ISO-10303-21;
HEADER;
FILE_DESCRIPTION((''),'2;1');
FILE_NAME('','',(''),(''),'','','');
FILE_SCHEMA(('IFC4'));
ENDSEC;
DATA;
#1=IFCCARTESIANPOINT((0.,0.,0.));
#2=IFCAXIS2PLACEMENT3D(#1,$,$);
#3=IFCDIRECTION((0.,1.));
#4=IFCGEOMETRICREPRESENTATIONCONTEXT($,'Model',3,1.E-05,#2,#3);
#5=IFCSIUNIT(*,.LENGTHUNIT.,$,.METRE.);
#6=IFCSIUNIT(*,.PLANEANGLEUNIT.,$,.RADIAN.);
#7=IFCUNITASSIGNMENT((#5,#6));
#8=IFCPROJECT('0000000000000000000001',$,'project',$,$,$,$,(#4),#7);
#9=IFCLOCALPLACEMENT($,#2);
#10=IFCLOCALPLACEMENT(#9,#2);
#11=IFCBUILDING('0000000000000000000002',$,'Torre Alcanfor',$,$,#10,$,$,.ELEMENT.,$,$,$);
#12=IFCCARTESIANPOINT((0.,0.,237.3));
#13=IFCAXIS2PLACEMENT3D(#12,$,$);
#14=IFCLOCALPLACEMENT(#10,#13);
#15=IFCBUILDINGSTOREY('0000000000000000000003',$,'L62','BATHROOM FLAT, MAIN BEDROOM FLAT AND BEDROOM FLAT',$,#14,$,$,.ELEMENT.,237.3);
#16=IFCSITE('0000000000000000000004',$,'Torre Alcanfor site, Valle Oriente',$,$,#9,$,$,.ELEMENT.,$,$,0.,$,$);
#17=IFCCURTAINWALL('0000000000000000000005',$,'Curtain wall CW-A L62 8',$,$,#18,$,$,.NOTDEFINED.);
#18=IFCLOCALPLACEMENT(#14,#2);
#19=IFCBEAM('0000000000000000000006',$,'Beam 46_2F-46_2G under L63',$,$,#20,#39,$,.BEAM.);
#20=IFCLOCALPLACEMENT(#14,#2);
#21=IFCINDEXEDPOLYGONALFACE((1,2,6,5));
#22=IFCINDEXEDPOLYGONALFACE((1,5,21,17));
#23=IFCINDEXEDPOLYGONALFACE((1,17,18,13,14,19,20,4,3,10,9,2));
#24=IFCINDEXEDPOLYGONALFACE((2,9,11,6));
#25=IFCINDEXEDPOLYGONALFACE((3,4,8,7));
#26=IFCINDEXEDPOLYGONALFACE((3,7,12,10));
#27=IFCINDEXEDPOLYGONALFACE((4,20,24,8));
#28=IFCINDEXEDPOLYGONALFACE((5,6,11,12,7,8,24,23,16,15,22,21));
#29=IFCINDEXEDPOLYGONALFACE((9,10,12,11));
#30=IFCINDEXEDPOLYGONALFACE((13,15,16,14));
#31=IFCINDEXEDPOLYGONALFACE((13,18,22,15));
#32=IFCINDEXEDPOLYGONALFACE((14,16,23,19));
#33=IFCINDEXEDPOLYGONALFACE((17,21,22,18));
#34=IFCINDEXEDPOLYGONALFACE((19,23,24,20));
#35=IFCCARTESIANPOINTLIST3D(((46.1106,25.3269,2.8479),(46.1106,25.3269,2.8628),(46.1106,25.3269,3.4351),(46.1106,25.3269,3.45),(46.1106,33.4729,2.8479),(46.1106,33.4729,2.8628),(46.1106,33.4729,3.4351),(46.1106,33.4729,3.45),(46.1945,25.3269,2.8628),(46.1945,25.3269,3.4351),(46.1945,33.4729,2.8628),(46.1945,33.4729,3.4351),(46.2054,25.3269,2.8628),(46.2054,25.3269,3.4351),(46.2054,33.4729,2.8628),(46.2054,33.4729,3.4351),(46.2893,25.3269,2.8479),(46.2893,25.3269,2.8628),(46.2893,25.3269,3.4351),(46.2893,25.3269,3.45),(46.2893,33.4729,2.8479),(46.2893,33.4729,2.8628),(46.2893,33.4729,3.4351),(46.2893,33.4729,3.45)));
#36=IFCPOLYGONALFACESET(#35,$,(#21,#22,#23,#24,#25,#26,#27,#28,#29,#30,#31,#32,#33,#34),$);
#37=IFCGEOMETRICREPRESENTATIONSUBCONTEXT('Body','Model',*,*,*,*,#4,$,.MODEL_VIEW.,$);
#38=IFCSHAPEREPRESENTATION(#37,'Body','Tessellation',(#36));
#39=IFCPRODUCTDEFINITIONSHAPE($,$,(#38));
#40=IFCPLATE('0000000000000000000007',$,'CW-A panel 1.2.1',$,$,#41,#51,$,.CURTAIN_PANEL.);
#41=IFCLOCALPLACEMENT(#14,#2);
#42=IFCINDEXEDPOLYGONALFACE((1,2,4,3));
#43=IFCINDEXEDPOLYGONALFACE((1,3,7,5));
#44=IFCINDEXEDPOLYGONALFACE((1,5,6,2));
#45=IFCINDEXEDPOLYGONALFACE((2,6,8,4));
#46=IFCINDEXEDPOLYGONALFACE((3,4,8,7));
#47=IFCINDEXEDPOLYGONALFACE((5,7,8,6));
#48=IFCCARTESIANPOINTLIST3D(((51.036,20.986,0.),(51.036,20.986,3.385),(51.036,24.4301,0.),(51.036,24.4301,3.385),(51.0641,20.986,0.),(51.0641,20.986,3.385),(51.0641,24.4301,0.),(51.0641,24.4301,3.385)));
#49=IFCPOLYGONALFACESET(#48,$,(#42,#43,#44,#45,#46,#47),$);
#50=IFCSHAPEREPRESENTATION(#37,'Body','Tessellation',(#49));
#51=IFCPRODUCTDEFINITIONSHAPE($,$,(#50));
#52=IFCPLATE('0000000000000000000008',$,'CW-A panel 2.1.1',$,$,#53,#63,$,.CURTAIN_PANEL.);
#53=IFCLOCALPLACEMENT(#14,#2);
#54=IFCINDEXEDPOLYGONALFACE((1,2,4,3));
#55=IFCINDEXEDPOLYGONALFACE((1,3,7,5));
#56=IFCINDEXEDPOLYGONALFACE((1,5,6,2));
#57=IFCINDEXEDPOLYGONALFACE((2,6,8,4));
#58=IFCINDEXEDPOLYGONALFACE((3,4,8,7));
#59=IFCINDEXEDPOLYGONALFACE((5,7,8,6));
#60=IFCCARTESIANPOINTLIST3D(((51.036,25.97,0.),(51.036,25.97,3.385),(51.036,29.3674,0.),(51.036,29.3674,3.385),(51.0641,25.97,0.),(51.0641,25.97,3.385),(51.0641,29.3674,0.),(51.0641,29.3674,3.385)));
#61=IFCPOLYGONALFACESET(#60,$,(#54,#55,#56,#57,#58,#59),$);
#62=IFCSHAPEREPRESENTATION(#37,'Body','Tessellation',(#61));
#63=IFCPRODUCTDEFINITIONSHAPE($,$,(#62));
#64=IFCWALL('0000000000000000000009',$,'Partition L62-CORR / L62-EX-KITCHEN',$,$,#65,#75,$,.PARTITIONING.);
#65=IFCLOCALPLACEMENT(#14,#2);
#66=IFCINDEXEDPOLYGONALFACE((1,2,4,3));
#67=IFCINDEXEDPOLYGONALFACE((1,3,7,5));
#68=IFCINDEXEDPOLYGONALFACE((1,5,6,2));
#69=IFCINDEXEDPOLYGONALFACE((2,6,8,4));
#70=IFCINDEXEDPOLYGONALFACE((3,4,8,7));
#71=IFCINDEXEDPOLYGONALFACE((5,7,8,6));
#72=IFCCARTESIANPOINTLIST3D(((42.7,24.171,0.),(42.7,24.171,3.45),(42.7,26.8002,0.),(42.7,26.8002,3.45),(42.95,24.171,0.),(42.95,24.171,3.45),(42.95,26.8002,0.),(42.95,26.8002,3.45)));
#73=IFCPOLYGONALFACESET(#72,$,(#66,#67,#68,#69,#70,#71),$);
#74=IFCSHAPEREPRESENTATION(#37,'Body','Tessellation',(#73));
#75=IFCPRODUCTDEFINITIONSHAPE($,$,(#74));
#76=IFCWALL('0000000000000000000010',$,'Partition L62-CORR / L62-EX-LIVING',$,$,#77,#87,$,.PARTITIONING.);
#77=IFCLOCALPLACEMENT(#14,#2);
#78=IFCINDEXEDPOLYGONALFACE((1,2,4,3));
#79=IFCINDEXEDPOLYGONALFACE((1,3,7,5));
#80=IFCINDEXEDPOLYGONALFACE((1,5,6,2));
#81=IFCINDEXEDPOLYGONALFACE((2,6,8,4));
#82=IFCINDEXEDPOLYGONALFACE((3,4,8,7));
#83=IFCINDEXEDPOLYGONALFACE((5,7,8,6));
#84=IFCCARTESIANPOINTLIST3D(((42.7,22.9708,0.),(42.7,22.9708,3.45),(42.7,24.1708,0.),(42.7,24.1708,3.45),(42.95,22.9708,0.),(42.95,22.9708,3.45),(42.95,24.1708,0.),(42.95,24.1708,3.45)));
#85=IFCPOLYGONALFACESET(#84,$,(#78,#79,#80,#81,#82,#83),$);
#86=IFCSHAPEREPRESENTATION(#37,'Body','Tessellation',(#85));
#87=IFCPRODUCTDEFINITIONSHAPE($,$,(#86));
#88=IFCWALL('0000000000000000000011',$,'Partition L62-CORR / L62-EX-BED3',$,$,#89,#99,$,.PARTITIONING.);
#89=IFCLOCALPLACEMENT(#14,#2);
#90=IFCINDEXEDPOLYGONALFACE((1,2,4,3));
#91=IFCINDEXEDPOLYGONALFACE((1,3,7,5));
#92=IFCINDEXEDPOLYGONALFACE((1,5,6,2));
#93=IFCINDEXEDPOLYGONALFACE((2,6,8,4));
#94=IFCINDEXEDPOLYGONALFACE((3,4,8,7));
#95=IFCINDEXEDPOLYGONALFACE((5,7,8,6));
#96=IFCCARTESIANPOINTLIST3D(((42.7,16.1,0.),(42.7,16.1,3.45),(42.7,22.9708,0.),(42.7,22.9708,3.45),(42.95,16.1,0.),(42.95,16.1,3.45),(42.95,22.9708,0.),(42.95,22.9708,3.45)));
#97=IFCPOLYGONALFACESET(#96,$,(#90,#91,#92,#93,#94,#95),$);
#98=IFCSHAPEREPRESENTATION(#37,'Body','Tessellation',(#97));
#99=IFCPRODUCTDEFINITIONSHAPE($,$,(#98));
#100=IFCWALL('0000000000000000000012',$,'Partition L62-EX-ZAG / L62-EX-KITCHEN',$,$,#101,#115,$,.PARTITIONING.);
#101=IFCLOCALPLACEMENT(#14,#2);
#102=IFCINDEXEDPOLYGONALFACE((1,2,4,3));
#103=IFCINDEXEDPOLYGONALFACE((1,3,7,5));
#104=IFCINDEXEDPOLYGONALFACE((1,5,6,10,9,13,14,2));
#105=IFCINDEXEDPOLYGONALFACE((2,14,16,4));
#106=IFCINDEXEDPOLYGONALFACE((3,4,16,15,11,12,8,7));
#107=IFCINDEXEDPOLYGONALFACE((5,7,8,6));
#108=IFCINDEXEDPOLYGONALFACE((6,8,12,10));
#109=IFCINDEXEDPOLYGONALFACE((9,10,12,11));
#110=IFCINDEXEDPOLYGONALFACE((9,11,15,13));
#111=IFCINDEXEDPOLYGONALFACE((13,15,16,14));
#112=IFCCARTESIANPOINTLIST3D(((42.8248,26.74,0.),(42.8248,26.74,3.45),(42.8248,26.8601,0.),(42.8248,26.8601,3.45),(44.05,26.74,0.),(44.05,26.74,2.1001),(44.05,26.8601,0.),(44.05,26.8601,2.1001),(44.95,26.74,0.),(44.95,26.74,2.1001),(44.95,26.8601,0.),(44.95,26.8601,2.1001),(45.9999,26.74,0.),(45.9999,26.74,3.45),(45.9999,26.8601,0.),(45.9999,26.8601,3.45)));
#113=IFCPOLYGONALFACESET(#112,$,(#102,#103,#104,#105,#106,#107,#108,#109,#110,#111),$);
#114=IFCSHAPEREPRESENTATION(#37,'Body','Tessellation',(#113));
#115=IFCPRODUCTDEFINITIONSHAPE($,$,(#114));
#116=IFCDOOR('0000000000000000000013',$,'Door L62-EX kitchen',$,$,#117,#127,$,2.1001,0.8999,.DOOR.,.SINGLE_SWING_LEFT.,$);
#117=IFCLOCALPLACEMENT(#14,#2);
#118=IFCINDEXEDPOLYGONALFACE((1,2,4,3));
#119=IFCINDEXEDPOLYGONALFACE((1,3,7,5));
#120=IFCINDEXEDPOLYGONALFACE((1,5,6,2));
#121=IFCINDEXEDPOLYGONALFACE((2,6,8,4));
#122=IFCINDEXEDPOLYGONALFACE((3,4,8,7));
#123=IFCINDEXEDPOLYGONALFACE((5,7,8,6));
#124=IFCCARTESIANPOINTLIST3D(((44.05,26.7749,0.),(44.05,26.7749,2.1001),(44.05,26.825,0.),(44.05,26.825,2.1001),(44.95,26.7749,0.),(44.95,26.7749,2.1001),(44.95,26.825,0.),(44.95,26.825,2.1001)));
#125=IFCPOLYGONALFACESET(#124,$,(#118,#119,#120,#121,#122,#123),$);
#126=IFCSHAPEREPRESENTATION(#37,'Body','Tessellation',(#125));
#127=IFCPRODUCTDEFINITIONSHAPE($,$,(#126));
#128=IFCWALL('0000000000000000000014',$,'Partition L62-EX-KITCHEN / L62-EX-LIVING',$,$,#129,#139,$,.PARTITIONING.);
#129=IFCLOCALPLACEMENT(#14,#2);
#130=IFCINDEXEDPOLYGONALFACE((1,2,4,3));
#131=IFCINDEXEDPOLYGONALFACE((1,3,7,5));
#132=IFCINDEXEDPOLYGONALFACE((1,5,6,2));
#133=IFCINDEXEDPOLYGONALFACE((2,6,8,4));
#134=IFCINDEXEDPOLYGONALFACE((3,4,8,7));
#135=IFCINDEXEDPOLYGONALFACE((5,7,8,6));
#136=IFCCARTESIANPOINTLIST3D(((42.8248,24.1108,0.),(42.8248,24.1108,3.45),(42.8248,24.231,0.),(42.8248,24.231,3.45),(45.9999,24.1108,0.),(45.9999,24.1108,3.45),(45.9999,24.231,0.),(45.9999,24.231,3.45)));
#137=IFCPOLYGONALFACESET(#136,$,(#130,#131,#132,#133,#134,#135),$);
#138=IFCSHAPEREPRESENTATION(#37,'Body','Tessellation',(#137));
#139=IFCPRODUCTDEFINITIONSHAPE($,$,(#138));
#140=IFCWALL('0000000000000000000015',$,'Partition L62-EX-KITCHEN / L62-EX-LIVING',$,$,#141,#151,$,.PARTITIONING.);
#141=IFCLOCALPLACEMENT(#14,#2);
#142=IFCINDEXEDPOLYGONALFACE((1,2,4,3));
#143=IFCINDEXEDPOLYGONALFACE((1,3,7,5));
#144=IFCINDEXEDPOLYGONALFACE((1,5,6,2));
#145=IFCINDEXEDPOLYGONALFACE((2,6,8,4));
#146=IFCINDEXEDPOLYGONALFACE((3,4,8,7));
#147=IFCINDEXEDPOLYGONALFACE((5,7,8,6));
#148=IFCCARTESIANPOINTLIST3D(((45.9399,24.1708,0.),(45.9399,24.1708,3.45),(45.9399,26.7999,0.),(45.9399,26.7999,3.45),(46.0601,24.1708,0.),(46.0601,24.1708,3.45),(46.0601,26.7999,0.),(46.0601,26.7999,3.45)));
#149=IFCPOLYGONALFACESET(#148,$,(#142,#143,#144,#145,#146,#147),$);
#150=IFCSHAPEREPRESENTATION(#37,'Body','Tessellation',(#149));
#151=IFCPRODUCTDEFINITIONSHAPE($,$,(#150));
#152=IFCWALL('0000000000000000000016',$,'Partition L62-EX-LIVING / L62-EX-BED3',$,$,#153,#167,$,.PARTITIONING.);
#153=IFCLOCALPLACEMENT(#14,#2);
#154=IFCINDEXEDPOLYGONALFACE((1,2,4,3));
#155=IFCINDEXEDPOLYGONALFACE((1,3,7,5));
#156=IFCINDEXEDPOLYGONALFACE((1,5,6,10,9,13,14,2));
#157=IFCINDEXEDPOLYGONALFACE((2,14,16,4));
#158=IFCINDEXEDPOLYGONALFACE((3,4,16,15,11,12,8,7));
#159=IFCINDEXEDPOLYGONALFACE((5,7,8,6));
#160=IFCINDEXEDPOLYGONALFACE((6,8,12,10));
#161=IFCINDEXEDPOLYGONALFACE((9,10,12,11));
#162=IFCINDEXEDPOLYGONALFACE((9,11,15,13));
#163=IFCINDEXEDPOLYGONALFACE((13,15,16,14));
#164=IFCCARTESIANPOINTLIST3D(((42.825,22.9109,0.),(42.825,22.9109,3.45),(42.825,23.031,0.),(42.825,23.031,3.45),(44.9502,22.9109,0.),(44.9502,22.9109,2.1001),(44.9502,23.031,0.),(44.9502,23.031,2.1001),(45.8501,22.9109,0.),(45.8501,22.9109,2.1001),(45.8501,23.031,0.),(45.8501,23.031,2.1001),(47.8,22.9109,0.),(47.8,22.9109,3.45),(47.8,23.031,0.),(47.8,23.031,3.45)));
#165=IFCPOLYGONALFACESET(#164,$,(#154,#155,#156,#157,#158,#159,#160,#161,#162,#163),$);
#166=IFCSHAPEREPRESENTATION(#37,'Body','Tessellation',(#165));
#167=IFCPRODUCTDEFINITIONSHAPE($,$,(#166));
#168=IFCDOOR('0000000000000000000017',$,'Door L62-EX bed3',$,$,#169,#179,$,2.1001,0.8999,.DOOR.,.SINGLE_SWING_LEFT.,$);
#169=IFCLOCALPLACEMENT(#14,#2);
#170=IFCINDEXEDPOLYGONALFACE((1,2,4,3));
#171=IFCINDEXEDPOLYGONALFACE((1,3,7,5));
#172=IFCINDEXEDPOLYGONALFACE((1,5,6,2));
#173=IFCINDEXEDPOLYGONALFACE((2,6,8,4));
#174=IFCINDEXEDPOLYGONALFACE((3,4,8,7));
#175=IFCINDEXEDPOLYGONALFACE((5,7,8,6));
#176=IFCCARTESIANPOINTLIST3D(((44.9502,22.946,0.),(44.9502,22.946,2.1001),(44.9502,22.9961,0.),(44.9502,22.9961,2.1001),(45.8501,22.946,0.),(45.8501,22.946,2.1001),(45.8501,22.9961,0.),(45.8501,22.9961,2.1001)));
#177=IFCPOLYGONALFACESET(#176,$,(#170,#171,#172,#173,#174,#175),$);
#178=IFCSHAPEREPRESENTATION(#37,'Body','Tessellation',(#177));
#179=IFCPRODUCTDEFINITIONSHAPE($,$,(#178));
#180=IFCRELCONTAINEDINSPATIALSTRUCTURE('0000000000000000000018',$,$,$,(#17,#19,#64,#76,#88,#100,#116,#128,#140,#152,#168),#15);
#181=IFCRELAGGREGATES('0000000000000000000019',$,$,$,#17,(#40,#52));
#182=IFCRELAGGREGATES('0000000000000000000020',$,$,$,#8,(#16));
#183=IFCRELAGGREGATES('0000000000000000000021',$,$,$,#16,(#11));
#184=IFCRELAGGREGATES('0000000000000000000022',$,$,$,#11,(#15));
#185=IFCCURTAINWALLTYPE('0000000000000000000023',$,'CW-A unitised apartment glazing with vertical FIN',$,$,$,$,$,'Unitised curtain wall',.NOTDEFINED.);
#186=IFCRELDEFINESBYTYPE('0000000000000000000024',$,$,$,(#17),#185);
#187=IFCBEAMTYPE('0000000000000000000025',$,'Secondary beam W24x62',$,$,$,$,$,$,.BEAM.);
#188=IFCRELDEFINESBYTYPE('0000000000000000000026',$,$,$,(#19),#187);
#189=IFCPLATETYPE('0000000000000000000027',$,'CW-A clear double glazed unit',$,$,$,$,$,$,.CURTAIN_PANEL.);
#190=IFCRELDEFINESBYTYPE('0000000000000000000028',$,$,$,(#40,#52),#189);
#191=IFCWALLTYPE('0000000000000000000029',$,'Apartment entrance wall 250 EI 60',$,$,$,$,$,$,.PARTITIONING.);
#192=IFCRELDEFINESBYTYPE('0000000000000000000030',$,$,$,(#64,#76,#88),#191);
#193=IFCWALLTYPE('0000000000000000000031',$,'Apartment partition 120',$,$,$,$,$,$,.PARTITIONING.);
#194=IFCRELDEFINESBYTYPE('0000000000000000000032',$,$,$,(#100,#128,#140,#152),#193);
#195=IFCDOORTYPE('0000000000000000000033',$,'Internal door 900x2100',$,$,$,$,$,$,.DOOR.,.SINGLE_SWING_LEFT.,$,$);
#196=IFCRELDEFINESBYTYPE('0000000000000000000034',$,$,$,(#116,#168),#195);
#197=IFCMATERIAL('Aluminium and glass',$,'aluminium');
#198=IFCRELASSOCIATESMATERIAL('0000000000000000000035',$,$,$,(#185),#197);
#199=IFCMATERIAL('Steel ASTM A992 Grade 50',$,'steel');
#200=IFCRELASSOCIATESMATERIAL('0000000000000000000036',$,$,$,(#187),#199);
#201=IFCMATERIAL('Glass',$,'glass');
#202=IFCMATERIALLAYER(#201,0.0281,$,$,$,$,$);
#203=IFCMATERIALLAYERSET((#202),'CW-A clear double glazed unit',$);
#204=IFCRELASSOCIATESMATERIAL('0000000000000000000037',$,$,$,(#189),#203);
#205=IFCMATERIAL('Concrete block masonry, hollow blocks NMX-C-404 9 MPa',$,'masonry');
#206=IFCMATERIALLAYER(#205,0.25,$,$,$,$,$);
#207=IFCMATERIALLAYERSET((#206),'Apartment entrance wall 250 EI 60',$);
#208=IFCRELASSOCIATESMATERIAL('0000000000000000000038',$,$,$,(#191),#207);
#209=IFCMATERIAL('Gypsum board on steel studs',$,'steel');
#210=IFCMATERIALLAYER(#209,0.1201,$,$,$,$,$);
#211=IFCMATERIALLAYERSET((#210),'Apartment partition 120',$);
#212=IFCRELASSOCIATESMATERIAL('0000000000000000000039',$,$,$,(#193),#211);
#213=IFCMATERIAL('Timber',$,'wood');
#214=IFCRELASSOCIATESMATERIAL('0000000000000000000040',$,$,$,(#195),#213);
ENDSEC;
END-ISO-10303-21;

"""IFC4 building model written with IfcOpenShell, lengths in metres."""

from ifc_helpers import new_model, si_unit, direction, frame, frame_2d, origin, origin_2d, place, context, subcontext, project, spatial, rectangle, i_section, extrude, material, layer, layer_set, material_profile, profile_set, type_object, element, fill, aggregate, save


model = new_model("IFC4")

# Units and contexts
model_context = context("Model", 3, precision=1e-05, world=origin(), true_north=direction((0.0, 1.0)))
body_context = subcontext(model_context, "Body", "Model", "MODEL_VIEW")
ifc_project = project(units=[si_unit("LENGTHUNIT", "METRE"), si_unit("PLANEANGLEUNIT", "RADIAN")], contexts=[model_context])

# Site, building, storey
site_placement = place(None, origin())
site = spatial("IfcSite", under=ifc_project, at=site_placement, Name="Torre Alcanfor site, Valle Oriente", CompositionType="ELEMENT", RefElevation=0.0)
building_placement = place(site_placement, origin())
building = spatial("IfcBuilding", under=site, at=building_placement, Name="Torre Alcanfor", CompositionType="ELEMENT")
storey_placement = place(building_placement, frame((0.0, 0.0, 237.3)))
storey = spatial("IfcBuildingStorey", under=building, at=storey_placement, Name="L62", Description="BATHROOM FLAT, MAIN BEDROOM FLAT AND BEDROOM FLAT", CompositionType="ELEMENT", Elevation=237.3)

# Curtain wall
ifc_material_1 = material(Name="Aluminium and glass", Category="aluminium")
curtain_wall_type = type_object("IfcCurtainWallType", Name="CW-A unitised apartment glazing with vertical FIN", ElementType="Unitised curtain wall", PredefinedType="NOTDEFINED", material=ifc_material_1)
curtain_wall_placement = place(storey_placement, origin())
curtain_wall = element("IfcCurtainWall", 1, at=curtain_wall_placement, inside=storey, type_object=curtain_wall_type, Name="Curtain wall CW-A L62 8", PredefinedType="NOTDEFINED")

# Beam
ifc_material_2 = material(Name="Steel ASTM A992 Grade 50", Category="steel")
ifc_material_profile_1 = material_profile(ifc_material_2, i_section(OverallWidth=0.1787, OverallDepth=0.6021, WebThickness=0.011, FlangeThickness=0.0149, at=origin_2d()), Name="W24x62")
ifc_profile_set_1 = profile_set([ifc_material_profile_1], Name="Steel ASTM A992 Grade 50")
beam_type_1 = type_object("IfcBeamType", Name="Secondary beam W24x62", PredefinedType="BEAM", material=ifc_profile_set_1)
beam_1_placement = place(storey_placement, frame((46.2, 25.3269, 3.1489), z_axis=(0.0, 1.0, 0.0), x_axis=(-1.0, 0.0, 0.0)))
element("IfcBeam", 2, at=beam_1_placement, inside=storey, type_object=beam_type_1, Name="Beam 46_2F-46_2G under L63", PredefinedType="BEAM", context=body_context, shape_type="SweptSolid", body=[
    extrude(i_section(OverallWidth=0.1787, OverallDepth=0.6021, WebThickness=0.011, FlangeThickness=0.0149, at=origin_2d()), origin(), (0.0, 0.0, 1.0), 8.146),
])

# Plates
ifc_material_3 = material(Name="Glass", Category="glass")
ifc_layer_1 = layer(ifc_material_3, 0.0281)
ifc_layer_set_1 = layer_set([ifc_layer_1], Name="CW-A clear double glazed unit")
plate_type = type_object("IfcPlateType", Name="CW-A clear double glazed unit", PredefinedType="CURTAIN_PANEL", material=ifc_layer_set_1)
plate_1_placement = place(storey_placement, frame((51.05, 22.708, 0.0), z_axis=(0.0, 0.0, 1.0), x_axis=(0.0, 1.0, 0.0)))
plate_1 = element("IfcPlate", 3, at=plate_1_placement, type_object=plate_type, Name="CW-A panel 1.2.1", PredefinedType="CURTAIN_PANEL", context=body_context, shape_type="SweptSolid", body=[
    extrude(rectangle(XDim=3.4441, YDim=0.0281, at=origin_2d()), origin(), (0.0, 0.0, 1.0), 3.385),
])
plate_2_placement = place(storey_placement, frame((51.05, 27.6687, 0.0), z_axis=(0.0, 0.0, 1.0), x_axis=(0.0, 1.0, 0.0)))
plate_2 = element("IfcPlate", 4, at=plate_2_placement, type_object=plate_type, Name="CW-A panel 2.1.1", PredefinedType="CURTAIN_PANEL", context=body_context, shape_type="SweptSolid", body=[
    extrude(rectangle(XDim=3.3975, YDim=0.0281, at=origin_2d()), origin(), (0.0, 0.0, 1.0), 3.385),
])
aggregate(curtain_wall, [plate_1, plate_2])

# Walls
ifc_material_4 = material(Name="Concrete block masonry, hollow blocks NMX-C-404 9 MPa", Category="masonry")
ifc_layer_2 = layer(ifc_material_4, 0.25)
ifc_layer_set_2 = layer_set([ifc_layer_2], Name="Apartment entrance wall 250 EI 60")
wall_type_1 = type_object("IfcWallType", Name="Apartment entrance wall 250 EI 60", PredefinedType="PARTITIONING", material=ifc_layer_set_2)
wall_1_placement = place(storey_placement, frame((42.825, 26.8, 0.0), z_axis=(0.0, 0.0, 1.0), x_axis=(0.0, -1.0, 0.0)))
element("IfcWall", 5, at=wall_1_placement, inside=storey, type_object=wall_type_1, Name="Partition L62-CORR / L62-EX-KITCHEN", PredefinedType="PARTITIONING", context=body_context, shape_type="SweptSolid", body=[
    extrude(rectangle(XDim=2.6292, YDim=0.25, at=frame_2d((1.3145, 0.0))), origin(), (0.0, 0.0, 1.0), 3.45),
])
wall_2_placement = place(storey_placement, frame((42.825, 24.1709, 0.0), z_axis=(0.0, 0.0, 1.0), x_axis=(0.0, -1.0, 0.0)))
element("IfcWall", 6, at=wall_2_placement, inside=storey, type_object=wall_type_1, Name="Partition L62-CORR / L62-EX-LIVING", PredefinedType="PARTITIONING", context=body_context, shape_type="SweptSolid", body=[
    extrude(rectangle(XDim=1.2, YDim=0.25, at=frame_2d((0.6001, 0.0))), origin(), (0.0, 0.0, 1.0), 3.45),
])
wall_3_placement = place(storey_placement, frame((42.825, 22.9709, 0.0), z_axis=(0.0, 0.0, 1.0), x_axis=(0.0, -1.0, 0.0)))
element("IfcWall", 7, at=wall_3_placement, inside=storey, type_object=wall_type_1, Name="Partition L62-CORR / L62-EX-BED3", PredefinedType="PARTITIONING", context=body_context, shape_type="SweptSolid", body=[
    extrude(rectangle(XDim=6.8708, YDim=0.25, at=frame_2d((3.4355, 0.0))), origin(), (0.0, 0.0, 1.0), 3.45),
])

# Wall, opening, door
ifc_material_5 = material(Name="Gypsum board on steel studs", Category="steel")
ifc_layer_3 = layer(ifc_material_5, 0.1201)
ifc_layer_set_3 = layer_set([ifc_layer_3], Name="Apartment partition 120")
wall_type_2 = type_object("IfcWallType", Name="Apartment partition 120", PredefinedType="PARTITIONING", material=ifc_layer_set_3)
wall_4_placement = place(storey_placement, frame((42.825, 26.8, 0.0), z_axis=(0.0, 0.0, 1.0), x_axis=(1.0, 0.0, 0.0)))
wall_4 = element("IfcWall", 8, at=wall_4_placement, inside=storey, type_object=wall_type_2, Name="Partition L62-EX-ZAG / L62-EX-KITCHEN", PredefinedType="PARTITIONING", context=body_context, shape_type="SweptSolid", body=[
    extrude(rectangle(XDim=3.175, YDim=0.1201, at=frame_2d((1.5874, 0.0))), origin(), (0.0, 0.0, 1.0), 3.45),
])
opening_1_placement = place(wall_4_placement, frame((1.2251, 0.0, 0.0)))
opening_1 = element("IfcOpeningElement", 9, at=opening_1_placement, cuts=wall_4, PredefinedType="OPENING", context=body_context, shape_type="SweptSolid", body=[
    extrude(rectangle(XDim=0.8999, YDim=2.1001, at=frame_2d((0.45, 1.05))), frame((0.0, 0.0701, 0.0), z_axis=(0.0, -1.0, 0.0), x_axis=(1.0, 0.0, 0.0)), (0.0, 0.0, 1.0), 0.1401),
])
ifc_material_6 = material(Name="Timber", Category="wood")
door_type_1 = type_object("IfcDoorType", Name="Internal door 900x2100", OperationType="SINGLE_SWING_LEFT", PredefinedType="DOOR", material=ifc_material_6)
door_1_placement = place(opening_1_placement, frame((0.8999, 0.0, 0.0), z_axis=(0.0, 0.0, 1.0), x_axis=(-1.0, 0.0, 0.0)))
door_1 = element("IfcDoor", 10, at=door_1_placement, inside=storey, type_object=door_type_1, Name="Door L62-EX kitchen", OperationType="SINGLE_SWING_LEFT", OverallHeight=2.1001, OverallWidth=0.8999, PredefinedType="DOOR", context=body_context, shape_type="SweptSolid", body=[
    extrude(rectangle(XDim=0.8999, YDim=2.1001, at=frame_2d((0.45, 1.05))), frame((0.0, 0.0251, 0.0), z_axis=(0.0, -1.0, 0.0), x_axis=(1.0, 0.0, 0.0)), (0.0, 0.0, 1.0), 0.05),
])
fill(opening_1, door_1)

# Walls
wall_5_placement = place(storey_placement, frame((42.825, 24.1709, 0.0), z_axis=(0.0, 0.0, 1.0), x_axis=(1.0, 0.0, 0.0)))
element("IfcWall", 11, at=wall_5_placement, inside=storey, type_object=wall_type_2, Name="Partition L62-EX-KITCHEN / L62-EX-LIVING", PredefinedType="PARTITIONING", context=body_context, shape_type="SweptSolid", body=[
    extrude(rectangle(XDim=3.175, YDim=0.1201, at=frame_2d((1.5874, 0.0))), origin(), (0.0, 0.0, 1.0), 3.45),
])
wall_6_placement = place(storey_placement, frame((46.0, 24.1709, 0.0), z_axis=(0.0, 0.0, 1.0), x_axis=(0.0, 1.0, 0.0)))
element("IfcWall", 12, at=wall_6_placement, inside=storey, type_object=wall_type_2, Name="Partition L62-EX-KITCHEN / L62-EX-LIVING", PredefinedType="PARTITIONING", context=body_context, shape_type="SweptSolid", body=[
    extrude(rectangle(XDim=2.6292, YDim=0.1201, at=frame_2d((1.3145, 0.0))), origin(), (0.0, 0.0, 1.0), 3.45),
])

# Wall, opening, door
wall_7_placement = place(storey_placement, frame((47.8, 22.9709, 0.0), z_axis=(0.0, 0.0, 1.0), x_axis=(-1.0, 0.0, 0.0)))
wall_7 = element("IfcWall", 13, at=wall_7_placement, inside=storey, type_object=wall_type_2, Name="Partition L62-EX-LIVING / L62-EX-BED3", PredefinedType="PARTITIONING", context=body_context, shape_type="SweptSolid", body=[
    extrude(rectangle(XDim=4.9751, YDim=0.1201, at=frame_2d((2.4875, 0.0))), origin(), (0.0, 0.0, 1.0), 3.45),
])
opening_2_placement = place(wall_7_placement, frame((1.95, 0.0, 0.0)))
opening_2 = element("IfcOpeningElement", 14, at=opening_2_placement, cuts=wall_7, PredefinedType="OPENING", context=body_context, shape_type="SweptSolid", body=[
    extrude(rectangle(XDim=0.8999, YDim=2.1001, at=frame_2d((0.45, 1.05))), frame((0.0, 0.0701, 0.0), z_axis=(0.0, -1.0, 0.0), x_axis=(1.0, 0.0, 0.0)), (0.0, 0.0, 1.0), 0.1401),
])
door_2_placement = place(opening_2_placement, origin())
door_2 = element("IfcDoor", 15, at=door_2_placement, inside=storey, type_object=door_type_1, Name="Door L62-EX bed3", OperationType="SINGLE_SWING_LEFT", OverallHeight=2.1001, OverallWidth=0.8999, PredefinedType="DOOR", context=body_context, shape_type="SweptSolid", body=[
    extrude(rectangle(XDim=0.8999, YDim=2.1001, at=frame_2d((0.45, 1.05))), frame((0.0, 0.0249, 0.0), z_axis=(0.0, -1.0, 0.0), x_axis=(1.0, 0.0, 0.0)), (0.0, 0.0, 1.0), 0.05),
])
fill(opening_2, door_2)

save(model, "model.ifc")
